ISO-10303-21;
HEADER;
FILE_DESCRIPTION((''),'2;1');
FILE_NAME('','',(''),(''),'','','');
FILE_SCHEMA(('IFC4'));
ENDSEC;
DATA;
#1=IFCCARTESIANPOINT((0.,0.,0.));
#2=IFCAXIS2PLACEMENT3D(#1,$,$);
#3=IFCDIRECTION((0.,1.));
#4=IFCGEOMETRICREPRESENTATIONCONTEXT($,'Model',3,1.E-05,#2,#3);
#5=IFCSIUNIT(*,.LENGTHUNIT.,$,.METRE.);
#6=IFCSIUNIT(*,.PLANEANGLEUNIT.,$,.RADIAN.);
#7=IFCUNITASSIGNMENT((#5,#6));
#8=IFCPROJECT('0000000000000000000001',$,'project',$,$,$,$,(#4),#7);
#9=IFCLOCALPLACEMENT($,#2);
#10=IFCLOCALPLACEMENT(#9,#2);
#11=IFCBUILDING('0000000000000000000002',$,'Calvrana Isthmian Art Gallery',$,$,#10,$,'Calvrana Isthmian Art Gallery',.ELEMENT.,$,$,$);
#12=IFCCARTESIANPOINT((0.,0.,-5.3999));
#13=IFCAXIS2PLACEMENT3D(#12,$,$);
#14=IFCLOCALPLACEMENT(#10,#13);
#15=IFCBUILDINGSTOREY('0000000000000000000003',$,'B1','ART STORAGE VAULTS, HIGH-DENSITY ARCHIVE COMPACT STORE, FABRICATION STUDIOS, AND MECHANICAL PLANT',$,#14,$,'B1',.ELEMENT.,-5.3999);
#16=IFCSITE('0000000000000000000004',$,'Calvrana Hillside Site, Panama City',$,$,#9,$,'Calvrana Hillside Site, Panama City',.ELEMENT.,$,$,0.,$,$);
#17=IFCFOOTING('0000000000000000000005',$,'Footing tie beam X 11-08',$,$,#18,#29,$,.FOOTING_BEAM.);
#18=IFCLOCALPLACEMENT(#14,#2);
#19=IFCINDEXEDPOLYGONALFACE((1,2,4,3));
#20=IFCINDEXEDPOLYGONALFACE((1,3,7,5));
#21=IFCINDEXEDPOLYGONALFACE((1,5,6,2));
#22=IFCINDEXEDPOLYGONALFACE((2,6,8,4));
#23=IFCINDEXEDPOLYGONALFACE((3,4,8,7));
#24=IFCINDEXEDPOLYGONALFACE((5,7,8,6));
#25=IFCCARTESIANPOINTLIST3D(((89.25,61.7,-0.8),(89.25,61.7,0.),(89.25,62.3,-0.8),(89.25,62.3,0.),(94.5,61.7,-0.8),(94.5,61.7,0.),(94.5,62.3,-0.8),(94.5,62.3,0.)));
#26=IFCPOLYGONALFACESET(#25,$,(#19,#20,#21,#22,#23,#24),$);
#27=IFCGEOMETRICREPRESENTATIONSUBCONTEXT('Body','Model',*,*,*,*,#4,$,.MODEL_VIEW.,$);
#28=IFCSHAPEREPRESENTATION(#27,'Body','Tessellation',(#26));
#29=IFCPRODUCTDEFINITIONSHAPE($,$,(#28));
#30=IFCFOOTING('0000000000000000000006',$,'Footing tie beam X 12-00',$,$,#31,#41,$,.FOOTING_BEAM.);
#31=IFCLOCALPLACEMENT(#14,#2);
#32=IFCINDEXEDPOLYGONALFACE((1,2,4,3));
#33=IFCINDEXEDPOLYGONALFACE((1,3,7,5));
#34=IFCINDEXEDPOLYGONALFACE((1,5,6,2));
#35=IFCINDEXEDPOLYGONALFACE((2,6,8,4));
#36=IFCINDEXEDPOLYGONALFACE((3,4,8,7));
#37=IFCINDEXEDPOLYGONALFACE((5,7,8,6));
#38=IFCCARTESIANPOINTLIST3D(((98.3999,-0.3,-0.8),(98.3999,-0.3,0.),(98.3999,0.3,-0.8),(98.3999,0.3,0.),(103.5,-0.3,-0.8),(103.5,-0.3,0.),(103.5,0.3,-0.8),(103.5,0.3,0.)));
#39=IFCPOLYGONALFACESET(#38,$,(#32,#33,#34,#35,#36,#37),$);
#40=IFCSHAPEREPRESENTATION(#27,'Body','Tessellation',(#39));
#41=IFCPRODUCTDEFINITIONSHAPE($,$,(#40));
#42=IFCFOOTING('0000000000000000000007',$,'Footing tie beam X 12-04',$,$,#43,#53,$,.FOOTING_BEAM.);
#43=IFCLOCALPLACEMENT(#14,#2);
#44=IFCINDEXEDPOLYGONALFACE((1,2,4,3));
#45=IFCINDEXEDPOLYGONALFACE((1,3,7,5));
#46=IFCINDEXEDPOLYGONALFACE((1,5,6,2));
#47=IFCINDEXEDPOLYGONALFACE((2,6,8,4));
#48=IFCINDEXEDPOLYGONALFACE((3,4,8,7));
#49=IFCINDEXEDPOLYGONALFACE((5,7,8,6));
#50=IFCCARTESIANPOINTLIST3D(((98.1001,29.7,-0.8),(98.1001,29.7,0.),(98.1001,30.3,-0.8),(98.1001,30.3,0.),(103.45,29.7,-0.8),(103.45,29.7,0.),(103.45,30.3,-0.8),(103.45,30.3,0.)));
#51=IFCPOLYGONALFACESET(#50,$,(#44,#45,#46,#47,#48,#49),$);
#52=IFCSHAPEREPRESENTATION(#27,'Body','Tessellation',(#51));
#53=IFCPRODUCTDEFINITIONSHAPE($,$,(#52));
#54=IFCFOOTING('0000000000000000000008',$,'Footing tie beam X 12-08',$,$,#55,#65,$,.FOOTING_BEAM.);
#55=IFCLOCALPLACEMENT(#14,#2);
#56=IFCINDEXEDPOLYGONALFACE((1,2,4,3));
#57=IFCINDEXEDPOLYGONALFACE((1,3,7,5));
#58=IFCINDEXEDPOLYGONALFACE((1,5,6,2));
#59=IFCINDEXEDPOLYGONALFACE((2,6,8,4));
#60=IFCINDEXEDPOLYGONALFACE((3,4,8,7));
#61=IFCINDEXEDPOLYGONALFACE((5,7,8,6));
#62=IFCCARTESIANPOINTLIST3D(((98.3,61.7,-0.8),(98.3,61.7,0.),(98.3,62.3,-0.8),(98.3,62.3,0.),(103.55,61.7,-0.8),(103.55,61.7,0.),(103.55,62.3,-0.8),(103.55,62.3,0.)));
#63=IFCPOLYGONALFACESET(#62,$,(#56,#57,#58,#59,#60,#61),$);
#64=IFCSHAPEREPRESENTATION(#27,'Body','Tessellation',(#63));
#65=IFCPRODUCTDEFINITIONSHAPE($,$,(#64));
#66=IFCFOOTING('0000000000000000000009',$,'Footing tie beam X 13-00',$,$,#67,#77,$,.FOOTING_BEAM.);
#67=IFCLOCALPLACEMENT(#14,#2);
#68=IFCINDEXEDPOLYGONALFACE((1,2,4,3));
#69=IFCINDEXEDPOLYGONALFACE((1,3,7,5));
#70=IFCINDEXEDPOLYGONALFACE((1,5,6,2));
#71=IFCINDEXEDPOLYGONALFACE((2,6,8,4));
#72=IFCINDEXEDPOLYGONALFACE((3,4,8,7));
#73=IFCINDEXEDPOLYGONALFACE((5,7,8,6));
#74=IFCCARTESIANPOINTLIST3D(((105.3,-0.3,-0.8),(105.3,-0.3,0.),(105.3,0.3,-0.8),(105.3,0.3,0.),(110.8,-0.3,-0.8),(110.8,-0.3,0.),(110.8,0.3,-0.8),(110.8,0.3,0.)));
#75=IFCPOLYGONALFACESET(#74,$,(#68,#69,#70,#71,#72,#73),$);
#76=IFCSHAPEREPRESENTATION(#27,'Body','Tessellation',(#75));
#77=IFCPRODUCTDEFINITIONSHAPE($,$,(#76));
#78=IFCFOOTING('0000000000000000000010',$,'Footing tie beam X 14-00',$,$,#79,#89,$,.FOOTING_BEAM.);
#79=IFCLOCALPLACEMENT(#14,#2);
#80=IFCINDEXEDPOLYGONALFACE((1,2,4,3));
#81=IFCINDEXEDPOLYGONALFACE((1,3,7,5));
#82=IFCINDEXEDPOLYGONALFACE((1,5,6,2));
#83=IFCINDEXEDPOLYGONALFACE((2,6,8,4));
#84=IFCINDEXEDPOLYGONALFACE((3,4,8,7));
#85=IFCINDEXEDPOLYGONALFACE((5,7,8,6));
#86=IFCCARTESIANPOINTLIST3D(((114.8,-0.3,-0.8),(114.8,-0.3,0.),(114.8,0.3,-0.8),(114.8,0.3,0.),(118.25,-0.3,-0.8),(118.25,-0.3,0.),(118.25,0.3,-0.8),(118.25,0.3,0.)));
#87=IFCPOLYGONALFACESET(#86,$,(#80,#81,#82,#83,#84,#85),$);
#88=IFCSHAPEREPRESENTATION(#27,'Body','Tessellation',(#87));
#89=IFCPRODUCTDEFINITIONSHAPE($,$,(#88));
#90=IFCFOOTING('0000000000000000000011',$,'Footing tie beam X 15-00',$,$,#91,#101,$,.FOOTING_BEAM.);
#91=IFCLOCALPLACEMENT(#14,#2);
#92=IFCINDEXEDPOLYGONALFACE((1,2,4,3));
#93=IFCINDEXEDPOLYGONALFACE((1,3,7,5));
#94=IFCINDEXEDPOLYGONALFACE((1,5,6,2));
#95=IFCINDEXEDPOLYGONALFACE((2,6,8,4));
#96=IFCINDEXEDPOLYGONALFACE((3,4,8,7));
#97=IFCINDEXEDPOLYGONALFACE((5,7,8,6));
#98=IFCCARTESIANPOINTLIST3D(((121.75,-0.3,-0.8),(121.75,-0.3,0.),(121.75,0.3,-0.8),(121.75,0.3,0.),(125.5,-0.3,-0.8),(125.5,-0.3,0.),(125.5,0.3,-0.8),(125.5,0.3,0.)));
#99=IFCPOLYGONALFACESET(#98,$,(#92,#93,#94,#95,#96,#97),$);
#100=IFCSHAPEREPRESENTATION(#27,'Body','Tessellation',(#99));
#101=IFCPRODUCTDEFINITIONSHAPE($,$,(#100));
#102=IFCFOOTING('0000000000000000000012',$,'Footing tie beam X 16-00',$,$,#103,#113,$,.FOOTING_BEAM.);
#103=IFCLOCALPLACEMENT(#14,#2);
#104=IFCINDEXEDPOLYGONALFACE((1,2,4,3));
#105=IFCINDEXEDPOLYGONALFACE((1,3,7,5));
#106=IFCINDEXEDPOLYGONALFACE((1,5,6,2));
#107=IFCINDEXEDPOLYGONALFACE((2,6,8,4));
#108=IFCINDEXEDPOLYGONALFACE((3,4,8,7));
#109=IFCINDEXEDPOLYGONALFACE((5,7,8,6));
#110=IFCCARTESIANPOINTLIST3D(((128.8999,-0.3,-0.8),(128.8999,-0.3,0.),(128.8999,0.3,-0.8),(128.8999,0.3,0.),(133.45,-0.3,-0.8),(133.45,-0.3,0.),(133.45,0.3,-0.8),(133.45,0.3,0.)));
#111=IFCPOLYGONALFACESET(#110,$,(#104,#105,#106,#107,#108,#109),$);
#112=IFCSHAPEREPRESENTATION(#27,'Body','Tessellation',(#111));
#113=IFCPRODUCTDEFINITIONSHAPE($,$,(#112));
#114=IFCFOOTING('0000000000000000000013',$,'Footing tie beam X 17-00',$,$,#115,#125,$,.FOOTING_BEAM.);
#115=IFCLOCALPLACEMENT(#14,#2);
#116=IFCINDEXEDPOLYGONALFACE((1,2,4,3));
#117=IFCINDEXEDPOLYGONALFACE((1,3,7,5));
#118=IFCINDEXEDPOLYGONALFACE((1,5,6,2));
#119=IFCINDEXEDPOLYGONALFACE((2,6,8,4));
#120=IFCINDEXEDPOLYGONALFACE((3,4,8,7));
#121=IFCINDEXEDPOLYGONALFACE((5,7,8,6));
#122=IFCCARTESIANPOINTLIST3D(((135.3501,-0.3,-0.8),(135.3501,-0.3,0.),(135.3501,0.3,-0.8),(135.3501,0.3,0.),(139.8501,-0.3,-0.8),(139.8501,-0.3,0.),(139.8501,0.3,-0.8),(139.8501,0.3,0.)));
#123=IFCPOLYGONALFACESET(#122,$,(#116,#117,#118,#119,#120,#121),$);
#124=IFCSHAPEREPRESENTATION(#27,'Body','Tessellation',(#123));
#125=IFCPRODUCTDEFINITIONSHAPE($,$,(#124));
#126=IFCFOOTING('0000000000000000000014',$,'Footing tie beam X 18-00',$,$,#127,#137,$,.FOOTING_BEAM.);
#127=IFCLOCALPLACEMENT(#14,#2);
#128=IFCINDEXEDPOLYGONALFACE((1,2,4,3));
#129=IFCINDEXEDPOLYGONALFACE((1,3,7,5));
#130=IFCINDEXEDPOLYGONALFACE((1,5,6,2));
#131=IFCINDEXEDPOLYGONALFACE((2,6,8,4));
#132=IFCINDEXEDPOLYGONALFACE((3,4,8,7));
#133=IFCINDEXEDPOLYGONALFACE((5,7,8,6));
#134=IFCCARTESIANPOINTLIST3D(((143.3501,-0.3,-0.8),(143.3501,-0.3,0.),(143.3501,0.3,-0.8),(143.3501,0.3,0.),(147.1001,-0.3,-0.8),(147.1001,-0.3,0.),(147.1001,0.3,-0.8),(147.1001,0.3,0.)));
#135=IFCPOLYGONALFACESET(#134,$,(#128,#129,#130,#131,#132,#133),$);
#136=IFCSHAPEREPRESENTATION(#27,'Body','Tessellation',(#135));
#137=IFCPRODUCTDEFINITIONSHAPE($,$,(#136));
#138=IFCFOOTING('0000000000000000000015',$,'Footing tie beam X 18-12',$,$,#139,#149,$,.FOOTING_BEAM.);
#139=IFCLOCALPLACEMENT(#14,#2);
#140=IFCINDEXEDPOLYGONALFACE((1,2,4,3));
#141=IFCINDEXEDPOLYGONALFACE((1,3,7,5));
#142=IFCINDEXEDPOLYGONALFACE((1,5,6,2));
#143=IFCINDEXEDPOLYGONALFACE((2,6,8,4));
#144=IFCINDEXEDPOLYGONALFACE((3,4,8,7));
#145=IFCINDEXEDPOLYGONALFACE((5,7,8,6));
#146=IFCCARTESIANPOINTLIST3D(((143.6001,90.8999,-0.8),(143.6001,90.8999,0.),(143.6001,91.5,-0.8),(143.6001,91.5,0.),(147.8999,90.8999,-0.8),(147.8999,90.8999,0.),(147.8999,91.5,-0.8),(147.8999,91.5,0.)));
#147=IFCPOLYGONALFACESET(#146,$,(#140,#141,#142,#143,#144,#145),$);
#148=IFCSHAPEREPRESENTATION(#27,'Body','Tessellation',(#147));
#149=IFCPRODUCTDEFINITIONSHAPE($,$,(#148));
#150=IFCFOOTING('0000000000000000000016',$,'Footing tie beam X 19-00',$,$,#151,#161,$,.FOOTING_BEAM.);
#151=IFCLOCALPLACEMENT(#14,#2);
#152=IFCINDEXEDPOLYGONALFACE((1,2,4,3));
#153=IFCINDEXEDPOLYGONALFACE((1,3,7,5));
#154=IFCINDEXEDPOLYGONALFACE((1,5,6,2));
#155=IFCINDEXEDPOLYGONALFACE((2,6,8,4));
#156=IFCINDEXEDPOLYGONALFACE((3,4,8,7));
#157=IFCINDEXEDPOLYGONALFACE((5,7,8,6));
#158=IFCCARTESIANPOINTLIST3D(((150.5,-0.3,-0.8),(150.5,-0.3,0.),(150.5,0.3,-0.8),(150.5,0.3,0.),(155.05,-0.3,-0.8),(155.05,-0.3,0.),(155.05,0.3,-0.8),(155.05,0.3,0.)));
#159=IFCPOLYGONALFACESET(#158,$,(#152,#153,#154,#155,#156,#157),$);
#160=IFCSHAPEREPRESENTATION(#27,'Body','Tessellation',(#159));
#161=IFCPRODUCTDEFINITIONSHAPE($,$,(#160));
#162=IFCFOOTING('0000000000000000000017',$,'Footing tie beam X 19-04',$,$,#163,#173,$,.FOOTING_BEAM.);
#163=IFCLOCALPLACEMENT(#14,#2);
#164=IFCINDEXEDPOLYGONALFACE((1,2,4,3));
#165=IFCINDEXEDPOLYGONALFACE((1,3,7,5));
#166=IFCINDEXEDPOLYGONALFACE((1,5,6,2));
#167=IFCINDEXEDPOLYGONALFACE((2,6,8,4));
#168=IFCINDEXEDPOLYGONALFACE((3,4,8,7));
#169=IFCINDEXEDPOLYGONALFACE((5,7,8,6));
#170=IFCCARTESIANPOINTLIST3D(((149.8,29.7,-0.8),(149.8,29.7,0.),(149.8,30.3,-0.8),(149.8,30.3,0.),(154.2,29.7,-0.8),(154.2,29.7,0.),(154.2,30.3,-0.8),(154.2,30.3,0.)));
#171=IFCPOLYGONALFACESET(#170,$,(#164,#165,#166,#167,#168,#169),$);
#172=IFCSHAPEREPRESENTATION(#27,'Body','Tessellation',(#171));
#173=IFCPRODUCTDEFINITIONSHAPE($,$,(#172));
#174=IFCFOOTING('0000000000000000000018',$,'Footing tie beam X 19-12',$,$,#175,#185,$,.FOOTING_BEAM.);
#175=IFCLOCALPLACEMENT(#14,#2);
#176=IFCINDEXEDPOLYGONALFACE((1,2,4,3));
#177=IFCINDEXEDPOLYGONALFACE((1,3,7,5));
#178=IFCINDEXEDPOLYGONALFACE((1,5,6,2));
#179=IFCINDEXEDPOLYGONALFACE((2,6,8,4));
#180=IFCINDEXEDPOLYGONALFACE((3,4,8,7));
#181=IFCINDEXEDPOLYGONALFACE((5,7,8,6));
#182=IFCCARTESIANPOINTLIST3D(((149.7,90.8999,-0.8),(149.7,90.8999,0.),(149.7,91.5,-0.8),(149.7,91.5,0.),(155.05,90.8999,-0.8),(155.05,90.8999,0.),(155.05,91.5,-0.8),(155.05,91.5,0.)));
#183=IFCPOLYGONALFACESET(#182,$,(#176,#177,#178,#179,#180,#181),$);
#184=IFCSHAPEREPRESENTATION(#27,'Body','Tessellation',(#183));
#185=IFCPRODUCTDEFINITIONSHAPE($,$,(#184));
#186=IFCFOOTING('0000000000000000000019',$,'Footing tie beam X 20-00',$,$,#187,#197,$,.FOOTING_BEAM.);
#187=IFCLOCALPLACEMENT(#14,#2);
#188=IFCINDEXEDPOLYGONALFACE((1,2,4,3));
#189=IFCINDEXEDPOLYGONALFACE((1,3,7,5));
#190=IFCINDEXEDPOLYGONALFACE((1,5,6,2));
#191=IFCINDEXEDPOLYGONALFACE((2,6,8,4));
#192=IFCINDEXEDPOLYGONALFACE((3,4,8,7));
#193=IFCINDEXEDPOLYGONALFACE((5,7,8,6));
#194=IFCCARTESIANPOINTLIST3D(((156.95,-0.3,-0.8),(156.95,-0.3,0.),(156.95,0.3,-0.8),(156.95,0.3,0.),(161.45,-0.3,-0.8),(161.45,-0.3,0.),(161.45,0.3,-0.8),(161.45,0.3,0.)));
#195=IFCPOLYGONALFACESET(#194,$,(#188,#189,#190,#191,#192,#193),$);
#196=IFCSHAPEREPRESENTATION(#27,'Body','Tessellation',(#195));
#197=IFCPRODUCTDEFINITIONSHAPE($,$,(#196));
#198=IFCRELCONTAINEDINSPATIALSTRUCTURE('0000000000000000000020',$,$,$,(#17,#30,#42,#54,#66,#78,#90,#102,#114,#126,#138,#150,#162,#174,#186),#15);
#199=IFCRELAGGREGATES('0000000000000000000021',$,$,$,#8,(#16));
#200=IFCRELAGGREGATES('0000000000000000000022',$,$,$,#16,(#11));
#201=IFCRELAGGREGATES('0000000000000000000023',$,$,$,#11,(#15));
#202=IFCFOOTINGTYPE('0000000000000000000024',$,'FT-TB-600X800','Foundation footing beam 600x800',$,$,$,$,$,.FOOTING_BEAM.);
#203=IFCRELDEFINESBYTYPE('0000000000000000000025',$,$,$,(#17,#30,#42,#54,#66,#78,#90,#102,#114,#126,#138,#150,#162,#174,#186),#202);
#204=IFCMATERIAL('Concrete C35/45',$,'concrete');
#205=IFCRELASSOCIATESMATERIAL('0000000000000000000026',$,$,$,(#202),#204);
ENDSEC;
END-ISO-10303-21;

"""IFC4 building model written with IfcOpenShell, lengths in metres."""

from ifc_helpers import new_model, si_unit, direction, frame, origin, place, context, subcontext, project, spatial, polyline, outline, extrude, material, type_object, element, save


model = new_model("IFC4")

# Units and contexts
model_context = context("Model", 3, precision=1e-05, world=origin(), true_north=direction((0.0, 1.0)))
body_context = subcontext(model_context, "Body", "Model", "MODEL_VIEW")
ifc_project = project(units=[si_unit("LENGTHUNIT", "METRE"), si_unit("PLANEANGLEUNIT", "RADIAN")], contexts=[model_context])

# Site, building, storey
site_placement = place(None, origin())
site = spatial("IfcSite", under=ifc_project, at=site_placement, Name="Calvrana Hillside Site, Panama City", LongName="Calvrana Hillside Site, Panama City", CompositionType="ELEMENT", RefElevation=0.0)
building_placement = place(site_placement, origin())
building = spatial("IfcBuilding", under=site, at=building_placement, Name="Calvrana Isthmian Art Gallery", LongName="Calvrana Isthmian Art Gallery", CompositionType="ELEMENT")
storey_placement = place(building_placement, frame((0.0, 0.0, -5.3999)))
storey = spatial("IfcBuildingStorey", under=building, at=storey_placement, Name="B1", Description="ART STORAGE VAULTS, HIGH-DENSITY ARCHIVE COMPACT STORE, FABRICATION STUDIOS, AND MECHANICAL PLANT", LongName="B1", CompositionType="ELEMENT", Elevation=-5.3999)

# Footings
ifc_material = material(Name="Concrete C35/45", Category="concrete")
footing_type_1 = type_object("IfcFootingType", Name="FT-TB-600X800", Description="Foundation footing beam 600x800", PredefinedType="FOOTING_BEAM", material=ifc_material)
footing_1_placement = place(storey_placement, frame((0.0, 0.0, -0.8)))
element("IfcFooting", 1, at=footing_1_placement, inside=storey, type_object=footing_type_1, Name="Footing tie beam X 11-08", PredefinedType="FOOTING_BEAM", context=body_context, shape_type="SweptSolid", body=[
    extrude(outline(polyline([(89.25, 61.7), (94.5, 61.7), (94.5, 62.3), (89.25, 62.3), (89.25, 61.7)])), origin(), (0.0, 0.0, 1.0), 0.8),
])
footing_2_placement = place(storey_placement, frame((0.0, 0.0, -0.8)))
element("IfcFooting", 2, at=footing_2_placement, inside=storey, type_object=footing_type_1, Name="Footing tie beam X 12-00", PredefinedType="FOOTING_BEAM", context=body_context, shape_type="SweptSolid", body=[
    extrude(outline(polyline([(98.3999, -0.3), (103.5, -0.3), (103.5, 0.3), (98.3999, 0.3), (98.3999, -0.3)])), origin(), (0.0, 0.0, 1.0), 0.8),
])
footing_3_placement = place(storey_placement, frame((0.0, 0.0, -0.8)))
element("IfcFooting", 3, at=footing_3_placement, inside=storey, type_object=footing_type_1, Name="Footing tie beam X 12-04", PredefinedType="FOOTING_BEAM", context=body_context, shape_type="SweptSolid", body=[
    extrude(outline(polyline([(98.1001, 29.7), (103.45, 29.7), (103.45, 30.3), (98.1001, 30.3), (98.1001, 29.7)])), origin(), (0.0, 0.0, 1.0), 0.8),
])
footing_4_placement = place(storey_placement, frame((0.0, 0.0, -0.8)))
element("IfcFooting", 4, at=footing_4_placement, inside=storey, type_object=footing_type_1, Name="Footing tie beam X 12-08", PredefinedType="FOOTING_BEAM", context=body_context, shape_type="SweptSolid", body=[
    extrude(outline(polyline([(98.3, 61.7), (103.55, 61.7), (103.55, 62.3), (98.3, 62.3), (98.3, 61.7)])), origin(), (0.0, 0.0, 1.0), 0.8),
])
footing_5_placement = place(storey_placement, frame((0.0, 0.0, -0.8)))
element("IfcFooting", 5, at=footing_5_placement, inside=storey, type_object=footing_type_1, Name="Footing tie beam X 13-00", PredefinedType="FOOTING_BEAM", context=body_context, shape_type="SweptSolid", body=[
    extrude(outline(polyline([(105.3, -0.3), (110.8, -0.3), (110.8, 0.3), (105.3, 0.3), (105.3, -0.3)])), origin(), (0.0, 0.0, 1.0), 0.8),
])
footing_6_placement = place(storey_placement, frame((0.0, 0.0, -0.8)))
element("IfcFooting", 6, at=footing_6_placement, inside=storey, type_object=footing_type_1, Name="Footing tie beam X 14-00", PredefinedType="FOOTING_BEAM", context=body_context, shape_type="SweptSolid", body=[
    extrude(outline(polyline([(114.8, -0.3), (118.25, -0.3), (118.25, 0.3), (114.8, 0.3), (114.8, -0.3)])), origin(), (0.0, 0.0, 1.0), 0.8),
])
footing_7_placement = place(storey_placement, frame((0.0, 0.0, -0.8)))
element("IfcFooting", 7, at=footing_7_placement, inside=storey, type_object=footing_type_1, Name="Footing tie beam X 15-00", PredefinedType="FOOTING_BEAM", context=body_context, shape_type="SweptSolid", body=[
    extrude(outline(polyline([(121.75, -0.3), (125.5, -0.3), (125.5, 0.3), (121.75, 0.3), (121.75, -0.3)])), origin(), (0.0, 0.0, 1.0), 0.8),
])
footing_8_placement = place(storey_placement, frame((0.0, 0.0, -0.8)))
element("IfcFooting", 8, at=footing_8_placement, inside=storey, type_object=footing_type_1, Name="Footing tie beam X 16-00", PredefinedType="FOOTING_BEAM", context=body_context, shape_type="SweptSolid", body=[
    extrude(outline(polyline([(128.8999, -0.3), (133.45, -0.3), (133.45, 0.3), (128.8999, 0.3), (128.8999, -0.3)])), origin(), (0.0, 0.0, 1.0), 0.8),
])
footing_9_placement = place(storey_placement, frame((0.0, 0.0, -0.8)))
element("IfcFooting", 9, at=footing_9_placement, inside=storey, type_object=footing_type_1, Name="Footing tie beam X 17-00", PredefinedType="FOOTING_BEAM", context=body_context, shape_type="SweptSolid", body=[
    extrude(outline(polyline([(135.3501, -0.3), (139.8501, -0.3), (139.8501, 0.3), (135.3501, 0.3), (135.3501, -0.3)])), origin(), (0.0, 0.0, 1.0), 0.8),
])
footing_10_placement = place(storey_placement, frame((0.0, 0.0, -0.8)))
element("IfcFooting", 10, at=footing_10_placement, inside=storey, type_object=footing_type_1, Name="Footing tie beam X 18-00", PredefinedType="FOOTING_BEAM", context=body_context, shape_type="SweptSolid", body=[
    extrude(outline(polyline([(143.3501, -0.3), (147.1001, -0.3), (147.1001, 0.3), (143.3501, 0.3), (143.3501, -0.3)])), origin(), (0.0, 0.0, 1.0), 0.8),
])
footing_11_placement = place(storey_placement, frame((0.0, 0.0, -0.8)))
element("IfcFooting", 11, at=footing_11_placement, inside=storey, type_object=footing_type_1, Name="Footing tie beam X 18-12", PredefinedType="FOOTING_BEAM", context=body_context, shape_type="SweptSolid", body=[
    extrude(outline(polyline([(143.6001, 90.8999), (147.8999, 90.8999), (147.8999, 91.5), (143.6001, 91.5), (143.6001, 90.8999)])), origin(), (0.0, 0.0, 1.0), 0.8),
])
footing_12_placement = place(storey_placement, frame((0.0, 0.0, -0.8)))
element("IfcFooting", 12, at=footing_12_placement, inside=storey, type_object=footing_type_1, Name="Footing tie beam X 19-00", PredefinedType="FOOTING_BEAM", context=body_context, shape_type="SweptSolid", body=[
    extrude(outline(polyline([(150.5, -0.3), (155.05, -0.3), (155.05, 0.3), (150.5, 0.3), (150.5, -0.3)])), origin(), (0.0, 0.0, 1.0), 0.8),
])
footing_13_placement = place(storey_placement, frame((0.0, 0.0, -0.8)))
element("IfcFooting", 13, at=footing_13_placement, inside=storey, type_object=footing_type_1, Name="Footing tie beam X 19-04", PredefinedType="FOOTING_BEAM", context=body_context, shape_type="SweptSolid", body=[
    extrude(outline(polyline([(149.8, 29.7), (154.2, 29.7), (154.2, 30.3), (149.8, 30.3), (149.8, 29.7)])), origin(), (0.0, 0.0, 1.0), 0.8),
])
footing_14_placement = place(storey_placement, frame((0.0, 0.0, -0.8)))
element("IfcFooting", 14, at=footing_14_placement, inside=storey, type_object=footing_type_1, Name="Footing tie beam X 19-12", PredefinedType="FOOTING_BEAM", context=body_context, shape_type="SweptSolid", body=[
    extrude(outline(polyline([(149.7, 90.8999), (155.05, 90.8999), (155.05, 91.5), (149.7, 91.5), (149.7, 90.8999)])), origin(), (0.0, 0.0, 1.0), 0.8),
])
footing_15_placement = place(storey_placement, frame((0.0, 0.0, -0.8)))
element("IfcFooting", 15, at=footing_15_placement, inside=storey, type_object=footing_type_1, Name="Footing tie beam X 20-00", PredefinedType="FOOTING_BEAM", context=body_context, shape_type="SweptSolid", body=[
    extrude(outline(polyline([(156.95, -0.3), (161.45, -0.3), (161.45, 0.3), (156.95, 0.3), (156.95, -0.3)])), origin(), (0.0, 0.0, 1.0), 0.8),
])

save(model, "model.ifc")
